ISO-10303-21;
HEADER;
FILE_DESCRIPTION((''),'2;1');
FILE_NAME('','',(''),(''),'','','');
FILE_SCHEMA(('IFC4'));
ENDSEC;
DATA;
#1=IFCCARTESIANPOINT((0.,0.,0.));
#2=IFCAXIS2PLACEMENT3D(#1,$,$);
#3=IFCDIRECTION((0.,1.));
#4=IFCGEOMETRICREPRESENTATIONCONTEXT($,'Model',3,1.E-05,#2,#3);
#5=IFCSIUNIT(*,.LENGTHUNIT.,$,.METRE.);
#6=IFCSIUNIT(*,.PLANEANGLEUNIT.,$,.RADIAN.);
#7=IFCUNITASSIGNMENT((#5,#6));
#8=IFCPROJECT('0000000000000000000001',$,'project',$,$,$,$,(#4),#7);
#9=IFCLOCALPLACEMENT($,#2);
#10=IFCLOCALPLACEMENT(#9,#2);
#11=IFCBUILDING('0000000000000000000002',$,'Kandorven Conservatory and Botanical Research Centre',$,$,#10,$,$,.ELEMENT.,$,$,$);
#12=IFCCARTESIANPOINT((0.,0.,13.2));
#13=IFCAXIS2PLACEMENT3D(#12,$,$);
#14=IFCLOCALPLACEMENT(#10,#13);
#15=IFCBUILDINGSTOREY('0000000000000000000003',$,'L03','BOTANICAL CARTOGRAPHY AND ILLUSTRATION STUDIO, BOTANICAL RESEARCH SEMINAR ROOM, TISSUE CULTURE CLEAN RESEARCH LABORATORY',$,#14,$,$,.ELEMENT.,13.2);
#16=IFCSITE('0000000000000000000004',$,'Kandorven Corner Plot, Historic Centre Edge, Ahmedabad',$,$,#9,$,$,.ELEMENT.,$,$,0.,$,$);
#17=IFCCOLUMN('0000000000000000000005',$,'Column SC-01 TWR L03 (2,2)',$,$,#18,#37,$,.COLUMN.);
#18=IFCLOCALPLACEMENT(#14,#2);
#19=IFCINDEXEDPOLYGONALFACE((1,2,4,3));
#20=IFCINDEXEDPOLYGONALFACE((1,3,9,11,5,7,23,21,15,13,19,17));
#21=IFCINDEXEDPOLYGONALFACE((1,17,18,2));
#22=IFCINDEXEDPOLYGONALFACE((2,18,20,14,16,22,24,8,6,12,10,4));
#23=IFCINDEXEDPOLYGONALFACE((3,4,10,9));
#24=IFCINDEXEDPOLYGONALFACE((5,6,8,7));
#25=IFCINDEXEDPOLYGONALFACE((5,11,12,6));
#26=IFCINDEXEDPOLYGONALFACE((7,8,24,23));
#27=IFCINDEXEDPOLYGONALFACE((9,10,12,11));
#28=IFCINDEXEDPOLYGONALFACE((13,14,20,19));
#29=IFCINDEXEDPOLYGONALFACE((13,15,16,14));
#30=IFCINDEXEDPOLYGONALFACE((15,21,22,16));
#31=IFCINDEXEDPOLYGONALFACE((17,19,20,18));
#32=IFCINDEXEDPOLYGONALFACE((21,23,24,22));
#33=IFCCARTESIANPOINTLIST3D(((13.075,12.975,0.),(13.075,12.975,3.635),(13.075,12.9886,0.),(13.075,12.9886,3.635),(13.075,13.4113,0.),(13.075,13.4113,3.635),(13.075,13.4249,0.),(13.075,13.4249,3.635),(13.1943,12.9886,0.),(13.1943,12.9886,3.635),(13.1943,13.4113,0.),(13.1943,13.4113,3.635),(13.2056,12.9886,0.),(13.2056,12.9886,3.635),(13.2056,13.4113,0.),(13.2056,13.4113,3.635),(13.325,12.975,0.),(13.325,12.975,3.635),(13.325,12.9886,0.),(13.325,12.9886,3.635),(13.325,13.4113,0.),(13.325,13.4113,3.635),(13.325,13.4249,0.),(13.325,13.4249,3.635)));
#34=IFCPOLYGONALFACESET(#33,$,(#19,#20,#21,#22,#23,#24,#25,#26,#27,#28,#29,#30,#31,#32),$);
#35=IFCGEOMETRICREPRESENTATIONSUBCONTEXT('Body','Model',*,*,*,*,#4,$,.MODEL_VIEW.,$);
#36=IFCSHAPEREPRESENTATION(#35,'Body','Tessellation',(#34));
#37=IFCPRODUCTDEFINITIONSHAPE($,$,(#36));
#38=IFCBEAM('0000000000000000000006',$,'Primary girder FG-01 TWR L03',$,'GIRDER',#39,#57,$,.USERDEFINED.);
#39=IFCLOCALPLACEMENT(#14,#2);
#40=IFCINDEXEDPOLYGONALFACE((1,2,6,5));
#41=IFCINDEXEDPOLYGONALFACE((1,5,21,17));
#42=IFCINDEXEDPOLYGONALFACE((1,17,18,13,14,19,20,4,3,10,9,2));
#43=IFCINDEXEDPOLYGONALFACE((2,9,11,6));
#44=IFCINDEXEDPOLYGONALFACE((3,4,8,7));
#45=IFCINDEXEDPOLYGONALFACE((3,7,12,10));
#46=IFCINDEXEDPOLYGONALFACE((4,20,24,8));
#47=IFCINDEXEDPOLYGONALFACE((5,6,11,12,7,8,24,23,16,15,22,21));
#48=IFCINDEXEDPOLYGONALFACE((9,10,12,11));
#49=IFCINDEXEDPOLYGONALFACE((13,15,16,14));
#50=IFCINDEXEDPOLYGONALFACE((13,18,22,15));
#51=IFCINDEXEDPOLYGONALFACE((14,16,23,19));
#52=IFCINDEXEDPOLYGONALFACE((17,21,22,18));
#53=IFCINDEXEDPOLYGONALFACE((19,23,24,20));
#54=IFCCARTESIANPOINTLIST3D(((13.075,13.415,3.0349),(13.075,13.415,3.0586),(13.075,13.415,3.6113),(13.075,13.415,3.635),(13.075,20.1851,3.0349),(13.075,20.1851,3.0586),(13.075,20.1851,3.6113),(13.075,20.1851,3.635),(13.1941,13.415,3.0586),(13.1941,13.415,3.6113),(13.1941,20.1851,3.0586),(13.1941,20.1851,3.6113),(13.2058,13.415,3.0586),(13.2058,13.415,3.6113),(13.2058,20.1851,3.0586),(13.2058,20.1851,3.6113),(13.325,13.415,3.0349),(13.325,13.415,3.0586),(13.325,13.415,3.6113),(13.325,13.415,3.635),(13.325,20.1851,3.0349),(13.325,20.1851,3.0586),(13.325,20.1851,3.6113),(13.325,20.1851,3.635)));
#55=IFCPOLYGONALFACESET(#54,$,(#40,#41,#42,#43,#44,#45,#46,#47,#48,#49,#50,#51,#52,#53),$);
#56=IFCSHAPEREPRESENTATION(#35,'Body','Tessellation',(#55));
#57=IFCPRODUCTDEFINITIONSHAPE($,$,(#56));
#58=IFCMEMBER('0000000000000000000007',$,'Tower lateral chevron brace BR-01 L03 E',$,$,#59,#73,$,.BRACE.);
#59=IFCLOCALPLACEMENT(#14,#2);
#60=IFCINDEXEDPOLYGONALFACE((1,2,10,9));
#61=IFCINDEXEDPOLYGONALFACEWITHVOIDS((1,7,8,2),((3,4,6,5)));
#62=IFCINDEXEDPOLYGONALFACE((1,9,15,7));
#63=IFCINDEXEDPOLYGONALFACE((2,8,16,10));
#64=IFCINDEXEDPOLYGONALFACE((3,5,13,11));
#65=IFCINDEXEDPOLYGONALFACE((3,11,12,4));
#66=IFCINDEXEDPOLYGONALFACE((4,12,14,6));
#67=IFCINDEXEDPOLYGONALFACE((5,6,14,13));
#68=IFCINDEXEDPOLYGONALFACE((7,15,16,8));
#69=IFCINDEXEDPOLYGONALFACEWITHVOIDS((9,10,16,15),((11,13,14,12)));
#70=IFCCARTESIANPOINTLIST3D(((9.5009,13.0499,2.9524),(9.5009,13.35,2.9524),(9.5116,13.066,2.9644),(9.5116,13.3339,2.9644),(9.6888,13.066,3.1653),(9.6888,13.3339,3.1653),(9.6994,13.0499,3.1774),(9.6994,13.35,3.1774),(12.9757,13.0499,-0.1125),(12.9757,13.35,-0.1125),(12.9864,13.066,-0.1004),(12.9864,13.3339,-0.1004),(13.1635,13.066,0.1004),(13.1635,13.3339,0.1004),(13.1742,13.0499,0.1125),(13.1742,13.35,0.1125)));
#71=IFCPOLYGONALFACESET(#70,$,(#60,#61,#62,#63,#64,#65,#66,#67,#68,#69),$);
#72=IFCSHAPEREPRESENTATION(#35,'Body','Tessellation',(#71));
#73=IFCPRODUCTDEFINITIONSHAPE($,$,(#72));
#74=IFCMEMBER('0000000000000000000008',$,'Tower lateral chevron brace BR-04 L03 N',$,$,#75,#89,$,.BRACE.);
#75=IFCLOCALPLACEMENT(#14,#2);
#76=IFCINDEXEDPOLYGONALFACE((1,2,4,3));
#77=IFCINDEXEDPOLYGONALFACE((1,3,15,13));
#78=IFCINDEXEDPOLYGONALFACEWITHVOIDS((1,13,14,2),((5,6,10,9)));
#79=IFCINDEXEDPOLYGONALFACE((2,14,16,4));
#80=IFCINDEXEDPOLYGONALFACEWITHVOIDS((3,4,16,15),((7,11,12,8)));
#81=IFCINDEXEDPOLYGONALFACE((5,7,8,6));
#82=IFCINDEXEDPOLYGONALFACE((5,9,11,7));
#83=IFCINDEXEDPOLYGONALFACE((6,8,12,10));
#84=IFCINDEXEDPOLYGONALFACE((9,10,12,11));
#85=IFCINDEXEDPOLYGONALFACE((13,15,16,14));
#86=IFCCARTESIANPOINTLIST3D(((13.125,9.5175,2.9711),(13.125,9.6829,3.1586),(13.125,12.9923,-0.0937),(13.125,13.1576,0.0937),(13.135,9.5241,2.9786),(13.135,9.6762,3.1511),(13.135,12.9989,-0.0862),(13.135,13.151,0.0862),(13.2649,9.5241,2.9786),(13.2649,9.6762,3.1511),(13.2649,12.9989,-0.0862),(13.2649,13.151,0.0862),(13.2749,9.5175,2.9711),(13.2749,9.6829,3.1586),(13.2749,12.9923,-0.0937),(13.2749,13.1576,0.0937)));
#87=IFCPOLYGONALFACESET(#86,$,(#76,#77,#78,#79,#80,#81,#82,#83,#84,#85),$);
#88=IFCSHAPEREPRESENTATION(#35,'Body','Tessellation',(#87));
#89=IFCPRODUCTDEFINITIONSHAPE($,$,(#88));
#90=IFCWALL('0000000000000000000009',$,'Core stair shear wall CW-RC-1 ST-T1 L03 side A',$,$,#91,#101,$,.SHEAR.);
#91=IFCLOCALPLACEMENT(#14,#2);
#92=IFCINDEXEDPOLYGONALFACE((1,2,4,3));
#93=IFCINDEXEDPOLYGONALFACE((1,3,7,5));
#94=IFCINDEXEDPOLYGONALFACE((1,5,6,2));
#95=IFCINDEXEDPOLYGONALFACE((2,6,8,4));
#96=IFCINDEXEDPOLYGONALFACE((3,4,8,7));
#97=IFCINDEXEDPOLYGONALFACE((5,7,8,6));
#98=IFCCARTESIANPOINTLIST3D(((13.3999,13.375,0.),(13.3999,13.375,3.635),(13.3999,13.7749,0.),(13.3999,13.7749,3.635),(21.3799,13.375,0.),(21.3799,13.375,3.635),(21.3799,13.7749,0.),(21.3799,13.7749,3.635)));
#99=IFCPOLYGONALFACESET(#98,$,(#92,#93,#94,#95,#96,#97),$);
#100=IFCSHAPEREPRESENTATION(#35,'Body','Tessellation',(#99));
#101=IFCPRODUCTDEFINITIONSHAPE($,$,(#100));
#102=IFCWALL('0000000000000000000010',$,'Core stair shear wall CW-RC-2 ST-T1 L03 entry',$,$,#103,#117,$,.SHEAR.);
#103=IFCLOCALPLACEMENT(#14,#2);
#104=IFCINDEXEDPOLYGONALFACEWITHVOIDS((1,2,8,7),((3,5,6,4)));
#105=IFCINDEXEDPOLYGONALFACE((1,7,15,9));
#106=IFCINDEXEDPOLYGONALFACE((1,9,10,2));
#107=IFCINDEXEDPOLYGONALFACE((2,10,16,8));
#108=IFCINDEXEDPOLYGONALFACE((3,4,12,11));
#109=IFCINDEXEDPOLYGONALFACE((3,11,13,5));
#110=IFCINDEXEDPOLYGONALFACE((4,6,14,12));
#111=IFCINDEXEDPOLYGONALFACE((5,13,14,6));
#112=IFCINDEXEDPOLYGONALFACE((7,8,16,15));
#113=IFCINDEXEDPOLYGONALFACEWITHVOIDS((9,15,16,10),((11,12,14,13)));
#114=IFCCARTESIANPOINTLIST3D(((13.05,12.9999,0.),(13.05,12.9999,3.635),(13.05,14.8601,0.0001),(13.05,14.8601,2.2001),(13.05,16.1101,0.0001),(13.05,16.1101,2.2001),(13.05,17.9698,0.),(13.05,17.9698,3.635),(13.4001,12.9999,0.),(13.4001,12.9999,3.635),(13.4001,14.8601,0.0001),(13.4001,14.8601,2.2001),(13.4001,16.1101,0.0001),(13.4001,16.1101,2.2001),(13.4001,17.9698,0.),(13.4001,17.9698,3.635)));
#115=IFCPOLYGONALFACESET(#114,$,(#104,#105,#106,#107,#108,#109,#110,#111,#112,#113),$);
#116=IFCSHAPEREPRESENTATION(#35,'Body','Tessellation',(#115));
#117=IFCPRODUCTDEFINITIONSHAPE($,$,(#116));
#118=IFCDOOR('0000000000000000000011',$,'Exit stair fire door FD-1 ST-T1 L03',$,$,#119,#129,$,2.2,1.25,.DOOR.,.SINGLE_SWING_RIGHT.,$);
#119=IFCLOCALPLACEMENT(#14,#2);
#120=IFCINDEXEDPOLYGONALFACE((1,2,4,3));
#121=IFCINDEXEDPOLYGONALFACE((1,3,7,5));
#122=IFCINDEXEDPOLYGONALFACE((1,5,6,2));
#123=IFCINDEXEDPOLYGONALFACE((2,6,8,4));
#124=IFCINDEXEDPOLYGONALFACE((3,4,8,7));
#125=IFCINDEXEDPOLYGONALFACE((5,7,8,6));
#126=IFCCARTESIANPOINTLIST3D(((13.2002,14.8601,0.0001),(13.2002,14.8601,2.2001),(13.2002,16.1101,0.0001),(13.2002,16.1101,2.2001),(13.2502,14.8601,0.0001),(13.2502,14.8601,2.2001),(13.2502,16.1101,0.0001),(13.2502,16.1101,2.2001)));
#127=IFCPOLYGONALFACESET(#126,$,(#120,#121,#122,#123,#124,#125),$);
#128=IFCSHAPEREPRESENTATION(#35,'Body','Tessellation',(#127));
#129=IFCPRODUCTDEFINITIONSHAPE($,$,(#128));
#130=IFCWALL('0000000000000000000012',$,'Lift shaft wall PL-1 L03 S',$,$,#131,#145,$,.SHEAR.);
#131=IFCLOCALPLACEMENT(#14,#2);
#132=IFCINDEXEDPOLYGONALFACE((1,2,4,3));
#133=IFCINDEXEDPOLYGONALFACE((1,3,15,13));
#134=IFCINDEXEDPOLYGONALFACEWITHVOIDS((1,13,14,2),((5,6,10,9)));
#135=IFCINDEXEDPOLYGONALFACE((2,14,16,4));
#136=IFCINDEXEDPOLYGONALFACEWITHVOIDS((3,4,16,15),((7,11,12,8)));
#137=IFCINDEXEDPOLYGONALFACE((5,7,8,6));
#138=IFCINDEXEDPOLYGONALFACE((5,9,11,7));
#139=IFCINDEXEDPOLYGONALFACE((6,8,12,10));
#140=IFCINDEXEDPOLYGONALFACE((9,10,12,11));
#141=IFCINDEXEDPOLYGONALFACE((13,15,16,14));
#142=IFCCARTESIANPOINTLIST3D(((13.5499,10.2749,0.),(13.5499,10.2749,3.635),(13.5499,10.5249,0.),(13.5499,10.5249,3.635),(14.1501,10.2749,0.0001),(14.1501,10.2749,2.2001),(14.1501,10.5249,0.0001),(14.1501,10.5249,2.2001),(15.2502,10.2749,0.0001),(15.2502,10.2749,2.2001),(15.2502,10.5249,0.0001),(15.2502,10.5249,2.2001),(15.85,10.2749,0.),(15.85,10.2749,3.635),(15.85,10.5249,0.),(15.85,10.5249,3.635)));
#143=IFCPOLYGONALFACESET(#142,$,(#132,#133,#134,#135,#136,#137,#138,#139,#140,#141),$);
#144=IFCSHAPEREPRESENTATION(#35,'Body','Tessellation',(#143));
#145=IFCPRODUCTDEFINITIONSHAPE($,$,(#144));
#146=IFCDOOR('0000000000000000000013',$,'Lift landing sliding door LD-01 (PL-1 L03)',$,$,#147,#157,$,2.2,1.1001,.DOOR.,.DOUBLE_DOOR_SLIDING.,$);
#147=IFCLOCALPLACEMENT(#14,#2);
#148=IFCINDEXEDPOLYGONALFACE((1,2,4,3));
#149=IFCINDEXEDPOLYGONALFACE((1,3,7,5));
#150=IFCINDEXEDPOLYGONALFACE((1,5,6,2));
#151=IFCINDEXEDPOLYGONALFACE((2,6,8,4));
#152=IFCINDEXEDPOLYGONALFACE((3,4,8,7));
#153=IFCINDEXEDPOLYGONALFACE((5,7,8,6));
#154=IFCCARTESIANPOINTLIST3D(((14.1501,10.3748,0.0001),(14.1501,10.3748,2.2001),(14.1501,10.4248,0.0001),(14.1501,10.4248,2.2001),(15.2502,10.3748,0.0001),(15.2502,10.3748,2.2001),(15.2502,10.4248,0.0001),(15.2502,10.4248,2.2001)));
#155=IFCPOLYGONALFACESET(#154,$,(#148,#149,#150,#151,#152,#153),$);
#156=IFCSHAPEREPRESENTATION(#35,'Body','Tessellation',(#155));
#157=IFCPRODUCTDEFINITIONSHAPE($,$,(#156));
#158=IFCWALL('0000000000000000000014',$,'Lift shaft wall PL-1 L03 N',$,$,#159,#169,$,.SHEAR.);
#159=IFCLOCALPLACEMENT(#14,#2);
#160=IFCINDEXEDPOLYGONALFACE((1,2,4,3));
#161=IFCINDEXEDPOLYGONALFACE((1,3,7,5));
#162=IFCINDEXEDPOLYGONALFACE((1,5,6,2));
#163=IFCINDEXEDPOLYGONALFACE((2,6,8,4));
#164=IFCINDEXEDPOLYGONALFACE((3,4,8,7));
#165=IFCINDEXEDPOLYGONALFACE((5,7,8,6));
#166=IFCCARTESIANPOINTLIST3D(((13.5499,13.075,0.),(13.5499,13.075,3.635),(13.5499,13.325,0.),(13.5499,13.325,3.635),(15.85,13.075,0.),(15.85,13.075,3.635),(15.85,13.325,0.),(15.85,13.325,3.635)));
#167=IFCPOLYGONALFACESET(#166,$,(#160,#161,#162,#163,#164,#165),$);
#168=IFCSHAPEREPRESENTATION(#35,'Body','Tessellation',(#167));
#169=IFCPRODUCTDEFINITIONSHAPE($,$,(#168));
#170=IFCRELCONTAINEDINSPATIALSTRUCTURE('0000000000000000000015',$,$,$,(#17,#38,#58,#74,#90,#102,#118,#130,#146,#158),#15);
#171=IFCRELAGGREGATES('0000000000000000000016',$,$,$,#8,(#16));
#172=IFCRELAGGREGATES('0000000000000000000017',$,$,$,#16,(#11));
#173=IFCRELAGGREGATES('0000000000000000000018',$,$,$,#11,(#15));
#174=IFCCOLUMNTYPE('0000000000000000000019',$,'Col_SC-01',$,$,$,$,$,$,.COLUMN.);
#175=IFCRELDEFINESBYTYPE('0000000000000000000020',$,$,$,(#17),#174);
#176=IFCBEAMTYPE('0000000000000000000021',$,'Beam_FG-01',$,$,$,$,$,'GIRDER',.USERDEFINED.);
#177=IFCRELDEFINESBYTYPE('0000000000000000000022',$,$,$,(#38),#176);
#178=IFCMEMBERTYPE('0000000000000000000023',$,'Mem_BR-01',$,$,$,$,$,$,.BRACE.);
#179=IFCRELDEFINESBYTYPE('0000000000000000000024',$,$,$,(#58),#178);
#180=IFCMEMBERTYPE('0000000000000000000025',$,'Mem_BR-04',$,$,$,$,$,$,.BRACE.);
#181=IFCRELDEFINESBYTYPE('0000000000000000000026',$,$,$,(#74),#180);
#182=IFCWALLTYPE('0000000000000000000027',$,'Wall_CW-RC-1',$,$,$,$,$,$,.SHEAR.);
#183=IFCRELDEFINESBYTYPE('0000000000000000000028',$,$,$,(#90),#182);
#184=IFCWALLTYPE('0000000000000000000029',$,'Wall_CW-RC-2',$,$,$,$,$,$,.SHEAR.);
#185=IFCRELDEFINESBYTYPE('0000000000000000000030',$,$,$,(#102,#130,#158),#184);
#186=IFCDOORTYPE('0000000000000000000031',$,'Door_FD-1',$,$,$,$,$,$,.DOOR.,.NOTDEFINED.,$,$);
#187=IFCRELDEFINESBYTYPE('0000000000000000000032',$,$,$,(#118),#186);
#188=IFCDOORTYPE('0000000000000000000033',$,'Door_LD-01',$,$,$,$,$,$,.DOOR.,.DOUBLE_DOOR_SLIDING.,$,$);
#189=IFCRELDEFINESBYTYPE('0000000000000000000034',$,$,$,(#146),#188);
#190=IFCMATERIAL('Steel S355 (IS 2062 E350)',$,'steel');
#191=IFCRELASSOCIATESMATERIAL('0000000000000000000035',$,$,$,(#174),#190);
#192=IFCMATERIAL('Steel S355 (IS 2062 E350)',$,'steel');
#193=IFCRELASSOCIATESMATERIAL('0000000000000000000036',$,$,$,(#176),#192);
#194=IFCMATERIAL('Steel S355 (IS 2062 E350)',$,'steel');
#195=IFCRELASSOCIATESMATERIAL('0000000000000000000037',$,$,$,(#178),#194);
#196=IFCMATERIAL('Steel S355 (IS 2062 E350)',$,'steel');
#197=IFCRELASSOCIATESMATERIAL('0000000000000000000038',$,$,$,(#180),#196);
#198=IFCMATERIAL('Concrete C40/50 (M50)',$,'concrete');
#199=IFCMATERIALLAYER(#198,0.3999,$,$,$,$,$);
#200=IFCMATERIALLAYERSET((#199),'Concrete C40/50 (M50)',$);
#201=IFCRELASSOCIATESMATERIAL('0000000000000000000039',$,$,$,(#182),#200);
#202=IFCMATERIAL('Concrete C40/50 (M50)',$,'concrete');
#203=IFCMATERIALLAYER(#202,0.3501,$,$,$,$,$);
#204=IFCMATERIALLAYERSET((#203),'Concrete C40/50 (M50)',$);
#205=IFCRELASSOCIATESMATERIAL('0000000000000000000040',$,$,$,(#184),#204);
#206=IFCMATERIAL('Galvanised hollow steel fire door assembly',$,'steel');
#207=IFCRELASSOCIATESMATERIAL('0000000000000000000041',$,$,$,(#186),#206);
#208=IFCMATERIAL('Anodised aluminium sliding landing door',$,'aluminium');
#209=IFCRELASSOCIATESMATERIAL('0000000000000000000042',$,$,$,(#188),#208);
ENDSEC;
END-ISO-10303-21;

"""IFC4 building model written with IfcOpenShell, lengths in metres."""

from ifc_helpers import new_model, si_unit, direction, frame, frame_2d, origin, origin_2d, place, context, subcontext, project, spatial, rectangle, hollow_rectangle, i_section, extrude, material, layer, layer_set, material_profile, profile_set, type_object, element, fill, save


model = new_model("IFC4")

# Units and contexts
model_context = context("Model", 3, precision=1e-05, world=origin(), true_north=direction((0.0, 1.0)))
body_context = subcontext(model_context, "Body", "Model", "MODEL_VIEW")
ifc_project = project(units=[si_unit("LENGTHUNIT", "METRE"), si_unit("PLANEANGLEUNIT", "RADIAN")], contexts=[model_context])

# Site, building, storey
site_placement = place(None, origin())
site = spatial("IfcSite", under=ifc_project, at=site_placement, Name="Kandorven Corner Plot, Historic Centre Edge, Ahmedabad", CompositionType="ELEMENT", RefElevation=0.0)
building_placement = place(site_placement, origin())
building = spatial("IfcBuilding", under=site, at=building_placement, Name="Kandorven Conservatory and Botanical Research Centre", CompositionType="ELEMENT")
storey_placement = place(building_placement, frame((0.0, 0.0, 13.2)))
storey = spatial("IfcBuildingStorey", under=building, at=storey_placement, Name="L03", Description="BOTANICAL CARTOGRAPHY AND ILLUSTRATION STUDIO, BOTANICAL RESEARCH SEMINAR ROOM, TISSUE CULTURE CLEAN RESEARCH LABORATORY", CompositionType="ELEMENT", Elevation=13.2)

# Column
ifc_material_1 = material(Name="Steel S355 (IS 2062 E350)", Category="steel")
ifc_material_profile_1 = material_profile(ifc_material_1, i_section(OverallWidth=0.25, OverallDepth=0.45, WebThickness=0.0112, FlangeThickness=0.0137, at=origin_2d()))
ifc_profile_set_1 = profile_set([ifc_material_profile_1], Name="Steel S355 (IS 2062 E350)")
column_type = type_object("IfcColumnType", Name="Col_SC-01", PredefinedType="COLUMN", material=ifc_profile_set_1)
column_placement = place(storey_placement, frame((13.2, 13.2, 0.0), z_axis=(0.0, 0.0, 1.0), x_axis=(1.0, 0.0, 0.0)))
element("IfcColumn", 1, at=column_placement, inside=storey, type_object=column_type, Name="Column SC-01 TWR L03 (2,2)", PredefinedType="COLUMN", context=body_context, shape_type="SweptSolid", body=[
    extrude(i_section(OverallWidth=0.25, OverallDepth=0.45, WebThickness=0.0112, FlangeThickness=0.0137, at=origin_2d()), origin(), (0.0, 0.0, 1.0), 3.635),
])

# Beam
ifc_material_2 = material(Name="Steel S355 (IS 2062 E350)", Category="steel")
ifc_material_profile_2 = material_profile(ifc_material_2, i_section(OverallWidth=0.25, OverallDepth=0.6001, WebThickness=0.0117, FlangeThickness=0.0237, at=origin_2d()))
ifc_profile_set_2 = profile_set([ifc_material_profile_2], Name="Steel S355 (IS 2062 E350)")
beam_type = type_object("IfcBeamType", Name="Beam_FG-01", ElementType="GIRDER", PredefinedType="USERDEFINED", material=ifc_profile_set_2)
beam_placement = place(storey_placement, frame((13.2, 13.415, 3.335), z_axis=(0.0, 1.0, 0.0), x_axis=(-1.0, 0.0, 0.0)))
element("IfcBeam", 2, at=beam_placement, inside=storey, type_object=beam_type, Name="Primary girder FG-01 TWR L03", ObjectType="GIRDER", PredefinedType="USERDEFINED", context=body_context, shape_type="SweptSolid", body=[
    extrude(i_section(OverallWidth=0.25, OverallDepth=0.6001, WebThickness=0.0117, FlangeThickness=0.0237, at=origin_2d()), origin(), (0.0, 0.0, 1.0), 6.77),
])

# Members
ifc_material_3 = material(Name="Steel S355 (IS 2062 E350)", Category="steel")
ifc_material_profile_3 = material_profile(ifc_material_3, hollow_rectangle(XDim=0.3, YDim=0.3, WallThickness=0.0161, at=origin_2d()))
ifc_profile_set_3 = profile_set([ifc_material_profile_3], Name="Steel S355 (IS 2062 E350)")
member_type_1 = type_object("IfcMemberType", Name="Mem_BR-01", PredefinedType="BRACE", material=ifc_profile_set_3)
member_1_placement = place(storey_placement, frame((13.075, 13.2, 0.0), z_axis=(-0.749956, 0.0, 0.661487), x_axis=(0.0, -1.0, 0.0)))
element("IfcMember", 3, at=member_1_placement, inside=storey, type_object=member_type_1, Name="Tower lateral chevron brace BR-01 L03 E", PredefinedType="BRACE", context=body_context, shape_type="SweptSolid", body=[
    extrude(hollow_rectangle(XDim=0.3, YDim=0.3, WallThickness=0.0161, at=origin_2d()), origin(), (0.0, 0.0, 1.0), 4.6333),
])
ifc_material_4 = material(Name="Steel S355 (IS 2062 E350)", Category="steel")
ifc_material_profile_4 = material_profile(ifc_material_4, hollow_rectangle(XDim=0.1499, YDim=0.25, WallThickness=0.01, at=origin_2d()))
ifc_profile_set_4 = profile_set([ifc_material_profile_4], Name="Steel S355 (IS 2062 E350)")
member_type_2 = type_object("IfcMemberType", Name="Mem_BR-04", PredefinedType="BRACE", material=ifc_profile_set_4)
member_2_placement = place(storey_placement, frame((13.2, 13.075, 0.0), z_axis=(0.0, -0.749956, 0.661487), x_axis=(1.0, 0.0, 0.0)))
element("IfcMember", 4, at=member_2_placement, inside=storey, type_object=member_type_2, Name="Tower lateral chevron brace BR-04 L03 N", PredefinedType="BRACE", context=body_context, shape_type="SweptSolid", body=[
    extrude(hollow_rectangle(XDim=0.1499, YDim=0.25, WallThickness=0.01, at=origin_2d()), origin(), (0.0, 0.0, 1.0), 4.6333),
])

# Wall
ifc_material_5 = material(Name="Concrete C40/50 (M50)", Category="concrete")
ifc_layer_1 = layer(ifc_material_5, 0.3999)
ifc_layer_set_1 = layer_set([ifc_layer_1], Name="Concrete C40/50 (M50)")
wall_type_1 = type_object("IfcWallType", Name="Wall_CW-RC-1", PredefinedType="SHEAR", material=ifc_layer_set_1)
wall_1_placement = place(storey_placement, frame((13.3999, 13.575, 0.0), z_axis=(0.0, 0.0, 1.0), x_axis=(1.0, 0.0, 0.0)))
element("IfcWall", 5, at=wall_1_placement, inside=storey, type_object=wall_type_1, Name="Core stair shear wall CW-RC-1 ST-T1 L03 side A", PredefinedType="SHEAR", context=body_context, shape_type="SweptSolid", body=[
    extrude(rectangle(XDim=7.98, YDim=0.3999, at=frame_2d((3.99, 0.0))), origin(), (0.0, 0.0, 1.0), 3.635),
])

# Walls, openings, doors
ifc_material_6 = material(Name="Concrete C40/50 (M50)", Category="concrete")
ifc_layer_2 = layer(ifc_material_6, 0.3501)
ifc_layer_set_2 = layer_set([ifc_layer_2], Name="Concrete C40/50 (M50)")
wall_type_2 = type_object("IfcWallType", Name="Wall_CW-RC-2", PredefinedType="SHEAR", material=ifc_layer_set_2)
wall_2_placement = place(storey_placement, frame((13.2251, 13.0, 0.0), z_axis=(0.0, 0.0, 1.0), x_axis=(0.0, 1.0, 0.0)))
wall_2 = element("IfcWall", 6, at=wall_2_placement, inside=storey, type_object=wall_type_2, Name="Core stair shear wall CW-RC-2 ST-T1 L03 entry", PredefinedType="SHEAR", context=body_context, shape_type="SweptSolid", body=[
    extrude(rectangle(XDim=4.97, YDim=0.3501, at=frame_2d((2.4849, 0.0))), origin(), (0.0, 0.0, 1.0), 3.635),
])
opening_1_placement = place(wall_2_placement, frame((1.8601, 0.0, 0.0)))
opening_1 = element("IfcOpeningElement", 7, at=opening_1_placement, cuts=wall_2, PredefinedType="OPENING", context=body_context, shape_type="SweptSolid", body=[
    extrude(rectangle(XDim=1.25, YDim=2.2, at=frame_2d((0.625, 1.1001))), frame((0.0, 0.1851, 0.0), z_axis=(0.0, -1.0, 0.0), x_axis=(1.0, 0.0, 0.0)), (0.0, 0.0, 1.0), 0.3701),
])
ifc_material_7 = material(Name="Galvanised hollow steel fire door assembly", Category="steel")
door_type_1 = type_object("IfcDoorType", Name="Door_FD-1", OperationType="NOTDEFINED", PredefinedType="DOOR", material=ifc_material_7)
door_1_placement = place(opening_1_placement, origin())
door_1 = element("IfcDoor", 8, at=door_1_placement, inside=storey, type_object=door_type_1, Name="Exit stair fire door FD-1 ST-T1 L03", OperationType="SINGLE_SWING_RIGHT", OverallHeight=2.2, OverallWidth=1.25, PredefinedType="DOOR", context=body_context, shape_type="SweptSolid", body=[
    extrude(rectangle(XDim=1.25, YDim=2.2, at=frame_2d((0.625, 1.1001))), frame((0.0, 0.0249, 0.0), z_axis=(0.0, -1.0, 0.0), x_axis=(1.0, 0.0, 0.0)), (0.0, 0.0, 1.0), 0.05),
])
fill(opening_1, door_1)
wall_3_placement = place(storey_placement, frame((13.55, 10.3999, 0.0), z_axis=(0.0, 0.0, 1.0), x_axis=(1.0, 0.0, 0.0)))
wall_3 = element("IfcWall", 9, at=wall_3_placement, inside=storey, type_object=wall_type_2, Name="Lift shaft wall PL-1 L03 S", PredefinedType="SHEAR", context=body_context, shape_type="SweptSolid", body=[
    extrude(rectangle(XDim=2.3, YDim=0.25, at=frame_2d((1.1499, 0.0))), origin(), (0.0, 0.0, 1.0), 3.635),
])
opening_2_placement = place(wall_3_placement, frame((0.6001, 0.0, 0.0)))
opening_2 = element("IfcOpeningElement", 10, at=opening_2_placement, cuts=wall_3, PredefinedType="OPENING", context=body_context, shape_type="SweptSolid", body=[
    extrude(rectangle(XDim=1.1001, YDim=2.2, at=frame_2d((0.55, 1.1001))), frame((0.0, 0.135, 0.0), z_axis=(0.0, -1.0, 0.0), x_axis=(1.0, 0.0, 0.0)), (0.0, 0.0, 1.0), 0.27),
])
ifc_material_8 = material(Name="Anodised aluminium sliding landing door", Category="aluminium")
door_type_2 = type_object("IfcDoorType", Name="Door_LD-01", OperationType="DOUBLE_DOOR_SLIDING", PredefinedType="DOOR", material=ifc_material_8)
door_2_placement = place(opening_2_placement, origin())
door_2 = element("IfcDoor", 11, at=door_2_placement, inside=storey, type_object=door_type_2, Name="Lift landing sliding door LD-01 (PL-1 L03)", OperationType="DOUBLE_DOOR_SLIDING", OverallHeight=2.2, OverallWidth=1.1001, PredefinedType="DOOR", context=body_context, shape_type="SweptSolid", body=[
    extrude(rectangle(XDim=1.1001, YDim=2.2, at=frame_2d((0.55, 1.1001))), frame((0.0, 0.0249, 0.0), z_axis=(0.0, -1.0, 0.0), x_axis=(1.0, 0.0, 0.0)), (0.0, 0.0, 1.0), 0.05),
])
fill(opening_2, door_2)

# Wall
wall_4_placement = place(storey_placement, frame((13.55, 13.2, 0.0), z_axis=(0.0, 0.0, 1.0), x_axis=(1.0, 0.0, 0.0)))
element("IfcWall", 12, at=wall_4_placement, inside=storey, type_object=wall_type_2, Name="Lift shaft wall PL-1 L03 N", PredefinedType="SHEAR", context=body_context, shape_type="SweptSolid", body=[
    extrude(rectangle(XDim=2.3, YDim=0.25, at=frame_2d((1.1499, 0.0))), origin(), (0.0, 0.0, 1.0), 3.635),
])

save(model, "model.ifc")
